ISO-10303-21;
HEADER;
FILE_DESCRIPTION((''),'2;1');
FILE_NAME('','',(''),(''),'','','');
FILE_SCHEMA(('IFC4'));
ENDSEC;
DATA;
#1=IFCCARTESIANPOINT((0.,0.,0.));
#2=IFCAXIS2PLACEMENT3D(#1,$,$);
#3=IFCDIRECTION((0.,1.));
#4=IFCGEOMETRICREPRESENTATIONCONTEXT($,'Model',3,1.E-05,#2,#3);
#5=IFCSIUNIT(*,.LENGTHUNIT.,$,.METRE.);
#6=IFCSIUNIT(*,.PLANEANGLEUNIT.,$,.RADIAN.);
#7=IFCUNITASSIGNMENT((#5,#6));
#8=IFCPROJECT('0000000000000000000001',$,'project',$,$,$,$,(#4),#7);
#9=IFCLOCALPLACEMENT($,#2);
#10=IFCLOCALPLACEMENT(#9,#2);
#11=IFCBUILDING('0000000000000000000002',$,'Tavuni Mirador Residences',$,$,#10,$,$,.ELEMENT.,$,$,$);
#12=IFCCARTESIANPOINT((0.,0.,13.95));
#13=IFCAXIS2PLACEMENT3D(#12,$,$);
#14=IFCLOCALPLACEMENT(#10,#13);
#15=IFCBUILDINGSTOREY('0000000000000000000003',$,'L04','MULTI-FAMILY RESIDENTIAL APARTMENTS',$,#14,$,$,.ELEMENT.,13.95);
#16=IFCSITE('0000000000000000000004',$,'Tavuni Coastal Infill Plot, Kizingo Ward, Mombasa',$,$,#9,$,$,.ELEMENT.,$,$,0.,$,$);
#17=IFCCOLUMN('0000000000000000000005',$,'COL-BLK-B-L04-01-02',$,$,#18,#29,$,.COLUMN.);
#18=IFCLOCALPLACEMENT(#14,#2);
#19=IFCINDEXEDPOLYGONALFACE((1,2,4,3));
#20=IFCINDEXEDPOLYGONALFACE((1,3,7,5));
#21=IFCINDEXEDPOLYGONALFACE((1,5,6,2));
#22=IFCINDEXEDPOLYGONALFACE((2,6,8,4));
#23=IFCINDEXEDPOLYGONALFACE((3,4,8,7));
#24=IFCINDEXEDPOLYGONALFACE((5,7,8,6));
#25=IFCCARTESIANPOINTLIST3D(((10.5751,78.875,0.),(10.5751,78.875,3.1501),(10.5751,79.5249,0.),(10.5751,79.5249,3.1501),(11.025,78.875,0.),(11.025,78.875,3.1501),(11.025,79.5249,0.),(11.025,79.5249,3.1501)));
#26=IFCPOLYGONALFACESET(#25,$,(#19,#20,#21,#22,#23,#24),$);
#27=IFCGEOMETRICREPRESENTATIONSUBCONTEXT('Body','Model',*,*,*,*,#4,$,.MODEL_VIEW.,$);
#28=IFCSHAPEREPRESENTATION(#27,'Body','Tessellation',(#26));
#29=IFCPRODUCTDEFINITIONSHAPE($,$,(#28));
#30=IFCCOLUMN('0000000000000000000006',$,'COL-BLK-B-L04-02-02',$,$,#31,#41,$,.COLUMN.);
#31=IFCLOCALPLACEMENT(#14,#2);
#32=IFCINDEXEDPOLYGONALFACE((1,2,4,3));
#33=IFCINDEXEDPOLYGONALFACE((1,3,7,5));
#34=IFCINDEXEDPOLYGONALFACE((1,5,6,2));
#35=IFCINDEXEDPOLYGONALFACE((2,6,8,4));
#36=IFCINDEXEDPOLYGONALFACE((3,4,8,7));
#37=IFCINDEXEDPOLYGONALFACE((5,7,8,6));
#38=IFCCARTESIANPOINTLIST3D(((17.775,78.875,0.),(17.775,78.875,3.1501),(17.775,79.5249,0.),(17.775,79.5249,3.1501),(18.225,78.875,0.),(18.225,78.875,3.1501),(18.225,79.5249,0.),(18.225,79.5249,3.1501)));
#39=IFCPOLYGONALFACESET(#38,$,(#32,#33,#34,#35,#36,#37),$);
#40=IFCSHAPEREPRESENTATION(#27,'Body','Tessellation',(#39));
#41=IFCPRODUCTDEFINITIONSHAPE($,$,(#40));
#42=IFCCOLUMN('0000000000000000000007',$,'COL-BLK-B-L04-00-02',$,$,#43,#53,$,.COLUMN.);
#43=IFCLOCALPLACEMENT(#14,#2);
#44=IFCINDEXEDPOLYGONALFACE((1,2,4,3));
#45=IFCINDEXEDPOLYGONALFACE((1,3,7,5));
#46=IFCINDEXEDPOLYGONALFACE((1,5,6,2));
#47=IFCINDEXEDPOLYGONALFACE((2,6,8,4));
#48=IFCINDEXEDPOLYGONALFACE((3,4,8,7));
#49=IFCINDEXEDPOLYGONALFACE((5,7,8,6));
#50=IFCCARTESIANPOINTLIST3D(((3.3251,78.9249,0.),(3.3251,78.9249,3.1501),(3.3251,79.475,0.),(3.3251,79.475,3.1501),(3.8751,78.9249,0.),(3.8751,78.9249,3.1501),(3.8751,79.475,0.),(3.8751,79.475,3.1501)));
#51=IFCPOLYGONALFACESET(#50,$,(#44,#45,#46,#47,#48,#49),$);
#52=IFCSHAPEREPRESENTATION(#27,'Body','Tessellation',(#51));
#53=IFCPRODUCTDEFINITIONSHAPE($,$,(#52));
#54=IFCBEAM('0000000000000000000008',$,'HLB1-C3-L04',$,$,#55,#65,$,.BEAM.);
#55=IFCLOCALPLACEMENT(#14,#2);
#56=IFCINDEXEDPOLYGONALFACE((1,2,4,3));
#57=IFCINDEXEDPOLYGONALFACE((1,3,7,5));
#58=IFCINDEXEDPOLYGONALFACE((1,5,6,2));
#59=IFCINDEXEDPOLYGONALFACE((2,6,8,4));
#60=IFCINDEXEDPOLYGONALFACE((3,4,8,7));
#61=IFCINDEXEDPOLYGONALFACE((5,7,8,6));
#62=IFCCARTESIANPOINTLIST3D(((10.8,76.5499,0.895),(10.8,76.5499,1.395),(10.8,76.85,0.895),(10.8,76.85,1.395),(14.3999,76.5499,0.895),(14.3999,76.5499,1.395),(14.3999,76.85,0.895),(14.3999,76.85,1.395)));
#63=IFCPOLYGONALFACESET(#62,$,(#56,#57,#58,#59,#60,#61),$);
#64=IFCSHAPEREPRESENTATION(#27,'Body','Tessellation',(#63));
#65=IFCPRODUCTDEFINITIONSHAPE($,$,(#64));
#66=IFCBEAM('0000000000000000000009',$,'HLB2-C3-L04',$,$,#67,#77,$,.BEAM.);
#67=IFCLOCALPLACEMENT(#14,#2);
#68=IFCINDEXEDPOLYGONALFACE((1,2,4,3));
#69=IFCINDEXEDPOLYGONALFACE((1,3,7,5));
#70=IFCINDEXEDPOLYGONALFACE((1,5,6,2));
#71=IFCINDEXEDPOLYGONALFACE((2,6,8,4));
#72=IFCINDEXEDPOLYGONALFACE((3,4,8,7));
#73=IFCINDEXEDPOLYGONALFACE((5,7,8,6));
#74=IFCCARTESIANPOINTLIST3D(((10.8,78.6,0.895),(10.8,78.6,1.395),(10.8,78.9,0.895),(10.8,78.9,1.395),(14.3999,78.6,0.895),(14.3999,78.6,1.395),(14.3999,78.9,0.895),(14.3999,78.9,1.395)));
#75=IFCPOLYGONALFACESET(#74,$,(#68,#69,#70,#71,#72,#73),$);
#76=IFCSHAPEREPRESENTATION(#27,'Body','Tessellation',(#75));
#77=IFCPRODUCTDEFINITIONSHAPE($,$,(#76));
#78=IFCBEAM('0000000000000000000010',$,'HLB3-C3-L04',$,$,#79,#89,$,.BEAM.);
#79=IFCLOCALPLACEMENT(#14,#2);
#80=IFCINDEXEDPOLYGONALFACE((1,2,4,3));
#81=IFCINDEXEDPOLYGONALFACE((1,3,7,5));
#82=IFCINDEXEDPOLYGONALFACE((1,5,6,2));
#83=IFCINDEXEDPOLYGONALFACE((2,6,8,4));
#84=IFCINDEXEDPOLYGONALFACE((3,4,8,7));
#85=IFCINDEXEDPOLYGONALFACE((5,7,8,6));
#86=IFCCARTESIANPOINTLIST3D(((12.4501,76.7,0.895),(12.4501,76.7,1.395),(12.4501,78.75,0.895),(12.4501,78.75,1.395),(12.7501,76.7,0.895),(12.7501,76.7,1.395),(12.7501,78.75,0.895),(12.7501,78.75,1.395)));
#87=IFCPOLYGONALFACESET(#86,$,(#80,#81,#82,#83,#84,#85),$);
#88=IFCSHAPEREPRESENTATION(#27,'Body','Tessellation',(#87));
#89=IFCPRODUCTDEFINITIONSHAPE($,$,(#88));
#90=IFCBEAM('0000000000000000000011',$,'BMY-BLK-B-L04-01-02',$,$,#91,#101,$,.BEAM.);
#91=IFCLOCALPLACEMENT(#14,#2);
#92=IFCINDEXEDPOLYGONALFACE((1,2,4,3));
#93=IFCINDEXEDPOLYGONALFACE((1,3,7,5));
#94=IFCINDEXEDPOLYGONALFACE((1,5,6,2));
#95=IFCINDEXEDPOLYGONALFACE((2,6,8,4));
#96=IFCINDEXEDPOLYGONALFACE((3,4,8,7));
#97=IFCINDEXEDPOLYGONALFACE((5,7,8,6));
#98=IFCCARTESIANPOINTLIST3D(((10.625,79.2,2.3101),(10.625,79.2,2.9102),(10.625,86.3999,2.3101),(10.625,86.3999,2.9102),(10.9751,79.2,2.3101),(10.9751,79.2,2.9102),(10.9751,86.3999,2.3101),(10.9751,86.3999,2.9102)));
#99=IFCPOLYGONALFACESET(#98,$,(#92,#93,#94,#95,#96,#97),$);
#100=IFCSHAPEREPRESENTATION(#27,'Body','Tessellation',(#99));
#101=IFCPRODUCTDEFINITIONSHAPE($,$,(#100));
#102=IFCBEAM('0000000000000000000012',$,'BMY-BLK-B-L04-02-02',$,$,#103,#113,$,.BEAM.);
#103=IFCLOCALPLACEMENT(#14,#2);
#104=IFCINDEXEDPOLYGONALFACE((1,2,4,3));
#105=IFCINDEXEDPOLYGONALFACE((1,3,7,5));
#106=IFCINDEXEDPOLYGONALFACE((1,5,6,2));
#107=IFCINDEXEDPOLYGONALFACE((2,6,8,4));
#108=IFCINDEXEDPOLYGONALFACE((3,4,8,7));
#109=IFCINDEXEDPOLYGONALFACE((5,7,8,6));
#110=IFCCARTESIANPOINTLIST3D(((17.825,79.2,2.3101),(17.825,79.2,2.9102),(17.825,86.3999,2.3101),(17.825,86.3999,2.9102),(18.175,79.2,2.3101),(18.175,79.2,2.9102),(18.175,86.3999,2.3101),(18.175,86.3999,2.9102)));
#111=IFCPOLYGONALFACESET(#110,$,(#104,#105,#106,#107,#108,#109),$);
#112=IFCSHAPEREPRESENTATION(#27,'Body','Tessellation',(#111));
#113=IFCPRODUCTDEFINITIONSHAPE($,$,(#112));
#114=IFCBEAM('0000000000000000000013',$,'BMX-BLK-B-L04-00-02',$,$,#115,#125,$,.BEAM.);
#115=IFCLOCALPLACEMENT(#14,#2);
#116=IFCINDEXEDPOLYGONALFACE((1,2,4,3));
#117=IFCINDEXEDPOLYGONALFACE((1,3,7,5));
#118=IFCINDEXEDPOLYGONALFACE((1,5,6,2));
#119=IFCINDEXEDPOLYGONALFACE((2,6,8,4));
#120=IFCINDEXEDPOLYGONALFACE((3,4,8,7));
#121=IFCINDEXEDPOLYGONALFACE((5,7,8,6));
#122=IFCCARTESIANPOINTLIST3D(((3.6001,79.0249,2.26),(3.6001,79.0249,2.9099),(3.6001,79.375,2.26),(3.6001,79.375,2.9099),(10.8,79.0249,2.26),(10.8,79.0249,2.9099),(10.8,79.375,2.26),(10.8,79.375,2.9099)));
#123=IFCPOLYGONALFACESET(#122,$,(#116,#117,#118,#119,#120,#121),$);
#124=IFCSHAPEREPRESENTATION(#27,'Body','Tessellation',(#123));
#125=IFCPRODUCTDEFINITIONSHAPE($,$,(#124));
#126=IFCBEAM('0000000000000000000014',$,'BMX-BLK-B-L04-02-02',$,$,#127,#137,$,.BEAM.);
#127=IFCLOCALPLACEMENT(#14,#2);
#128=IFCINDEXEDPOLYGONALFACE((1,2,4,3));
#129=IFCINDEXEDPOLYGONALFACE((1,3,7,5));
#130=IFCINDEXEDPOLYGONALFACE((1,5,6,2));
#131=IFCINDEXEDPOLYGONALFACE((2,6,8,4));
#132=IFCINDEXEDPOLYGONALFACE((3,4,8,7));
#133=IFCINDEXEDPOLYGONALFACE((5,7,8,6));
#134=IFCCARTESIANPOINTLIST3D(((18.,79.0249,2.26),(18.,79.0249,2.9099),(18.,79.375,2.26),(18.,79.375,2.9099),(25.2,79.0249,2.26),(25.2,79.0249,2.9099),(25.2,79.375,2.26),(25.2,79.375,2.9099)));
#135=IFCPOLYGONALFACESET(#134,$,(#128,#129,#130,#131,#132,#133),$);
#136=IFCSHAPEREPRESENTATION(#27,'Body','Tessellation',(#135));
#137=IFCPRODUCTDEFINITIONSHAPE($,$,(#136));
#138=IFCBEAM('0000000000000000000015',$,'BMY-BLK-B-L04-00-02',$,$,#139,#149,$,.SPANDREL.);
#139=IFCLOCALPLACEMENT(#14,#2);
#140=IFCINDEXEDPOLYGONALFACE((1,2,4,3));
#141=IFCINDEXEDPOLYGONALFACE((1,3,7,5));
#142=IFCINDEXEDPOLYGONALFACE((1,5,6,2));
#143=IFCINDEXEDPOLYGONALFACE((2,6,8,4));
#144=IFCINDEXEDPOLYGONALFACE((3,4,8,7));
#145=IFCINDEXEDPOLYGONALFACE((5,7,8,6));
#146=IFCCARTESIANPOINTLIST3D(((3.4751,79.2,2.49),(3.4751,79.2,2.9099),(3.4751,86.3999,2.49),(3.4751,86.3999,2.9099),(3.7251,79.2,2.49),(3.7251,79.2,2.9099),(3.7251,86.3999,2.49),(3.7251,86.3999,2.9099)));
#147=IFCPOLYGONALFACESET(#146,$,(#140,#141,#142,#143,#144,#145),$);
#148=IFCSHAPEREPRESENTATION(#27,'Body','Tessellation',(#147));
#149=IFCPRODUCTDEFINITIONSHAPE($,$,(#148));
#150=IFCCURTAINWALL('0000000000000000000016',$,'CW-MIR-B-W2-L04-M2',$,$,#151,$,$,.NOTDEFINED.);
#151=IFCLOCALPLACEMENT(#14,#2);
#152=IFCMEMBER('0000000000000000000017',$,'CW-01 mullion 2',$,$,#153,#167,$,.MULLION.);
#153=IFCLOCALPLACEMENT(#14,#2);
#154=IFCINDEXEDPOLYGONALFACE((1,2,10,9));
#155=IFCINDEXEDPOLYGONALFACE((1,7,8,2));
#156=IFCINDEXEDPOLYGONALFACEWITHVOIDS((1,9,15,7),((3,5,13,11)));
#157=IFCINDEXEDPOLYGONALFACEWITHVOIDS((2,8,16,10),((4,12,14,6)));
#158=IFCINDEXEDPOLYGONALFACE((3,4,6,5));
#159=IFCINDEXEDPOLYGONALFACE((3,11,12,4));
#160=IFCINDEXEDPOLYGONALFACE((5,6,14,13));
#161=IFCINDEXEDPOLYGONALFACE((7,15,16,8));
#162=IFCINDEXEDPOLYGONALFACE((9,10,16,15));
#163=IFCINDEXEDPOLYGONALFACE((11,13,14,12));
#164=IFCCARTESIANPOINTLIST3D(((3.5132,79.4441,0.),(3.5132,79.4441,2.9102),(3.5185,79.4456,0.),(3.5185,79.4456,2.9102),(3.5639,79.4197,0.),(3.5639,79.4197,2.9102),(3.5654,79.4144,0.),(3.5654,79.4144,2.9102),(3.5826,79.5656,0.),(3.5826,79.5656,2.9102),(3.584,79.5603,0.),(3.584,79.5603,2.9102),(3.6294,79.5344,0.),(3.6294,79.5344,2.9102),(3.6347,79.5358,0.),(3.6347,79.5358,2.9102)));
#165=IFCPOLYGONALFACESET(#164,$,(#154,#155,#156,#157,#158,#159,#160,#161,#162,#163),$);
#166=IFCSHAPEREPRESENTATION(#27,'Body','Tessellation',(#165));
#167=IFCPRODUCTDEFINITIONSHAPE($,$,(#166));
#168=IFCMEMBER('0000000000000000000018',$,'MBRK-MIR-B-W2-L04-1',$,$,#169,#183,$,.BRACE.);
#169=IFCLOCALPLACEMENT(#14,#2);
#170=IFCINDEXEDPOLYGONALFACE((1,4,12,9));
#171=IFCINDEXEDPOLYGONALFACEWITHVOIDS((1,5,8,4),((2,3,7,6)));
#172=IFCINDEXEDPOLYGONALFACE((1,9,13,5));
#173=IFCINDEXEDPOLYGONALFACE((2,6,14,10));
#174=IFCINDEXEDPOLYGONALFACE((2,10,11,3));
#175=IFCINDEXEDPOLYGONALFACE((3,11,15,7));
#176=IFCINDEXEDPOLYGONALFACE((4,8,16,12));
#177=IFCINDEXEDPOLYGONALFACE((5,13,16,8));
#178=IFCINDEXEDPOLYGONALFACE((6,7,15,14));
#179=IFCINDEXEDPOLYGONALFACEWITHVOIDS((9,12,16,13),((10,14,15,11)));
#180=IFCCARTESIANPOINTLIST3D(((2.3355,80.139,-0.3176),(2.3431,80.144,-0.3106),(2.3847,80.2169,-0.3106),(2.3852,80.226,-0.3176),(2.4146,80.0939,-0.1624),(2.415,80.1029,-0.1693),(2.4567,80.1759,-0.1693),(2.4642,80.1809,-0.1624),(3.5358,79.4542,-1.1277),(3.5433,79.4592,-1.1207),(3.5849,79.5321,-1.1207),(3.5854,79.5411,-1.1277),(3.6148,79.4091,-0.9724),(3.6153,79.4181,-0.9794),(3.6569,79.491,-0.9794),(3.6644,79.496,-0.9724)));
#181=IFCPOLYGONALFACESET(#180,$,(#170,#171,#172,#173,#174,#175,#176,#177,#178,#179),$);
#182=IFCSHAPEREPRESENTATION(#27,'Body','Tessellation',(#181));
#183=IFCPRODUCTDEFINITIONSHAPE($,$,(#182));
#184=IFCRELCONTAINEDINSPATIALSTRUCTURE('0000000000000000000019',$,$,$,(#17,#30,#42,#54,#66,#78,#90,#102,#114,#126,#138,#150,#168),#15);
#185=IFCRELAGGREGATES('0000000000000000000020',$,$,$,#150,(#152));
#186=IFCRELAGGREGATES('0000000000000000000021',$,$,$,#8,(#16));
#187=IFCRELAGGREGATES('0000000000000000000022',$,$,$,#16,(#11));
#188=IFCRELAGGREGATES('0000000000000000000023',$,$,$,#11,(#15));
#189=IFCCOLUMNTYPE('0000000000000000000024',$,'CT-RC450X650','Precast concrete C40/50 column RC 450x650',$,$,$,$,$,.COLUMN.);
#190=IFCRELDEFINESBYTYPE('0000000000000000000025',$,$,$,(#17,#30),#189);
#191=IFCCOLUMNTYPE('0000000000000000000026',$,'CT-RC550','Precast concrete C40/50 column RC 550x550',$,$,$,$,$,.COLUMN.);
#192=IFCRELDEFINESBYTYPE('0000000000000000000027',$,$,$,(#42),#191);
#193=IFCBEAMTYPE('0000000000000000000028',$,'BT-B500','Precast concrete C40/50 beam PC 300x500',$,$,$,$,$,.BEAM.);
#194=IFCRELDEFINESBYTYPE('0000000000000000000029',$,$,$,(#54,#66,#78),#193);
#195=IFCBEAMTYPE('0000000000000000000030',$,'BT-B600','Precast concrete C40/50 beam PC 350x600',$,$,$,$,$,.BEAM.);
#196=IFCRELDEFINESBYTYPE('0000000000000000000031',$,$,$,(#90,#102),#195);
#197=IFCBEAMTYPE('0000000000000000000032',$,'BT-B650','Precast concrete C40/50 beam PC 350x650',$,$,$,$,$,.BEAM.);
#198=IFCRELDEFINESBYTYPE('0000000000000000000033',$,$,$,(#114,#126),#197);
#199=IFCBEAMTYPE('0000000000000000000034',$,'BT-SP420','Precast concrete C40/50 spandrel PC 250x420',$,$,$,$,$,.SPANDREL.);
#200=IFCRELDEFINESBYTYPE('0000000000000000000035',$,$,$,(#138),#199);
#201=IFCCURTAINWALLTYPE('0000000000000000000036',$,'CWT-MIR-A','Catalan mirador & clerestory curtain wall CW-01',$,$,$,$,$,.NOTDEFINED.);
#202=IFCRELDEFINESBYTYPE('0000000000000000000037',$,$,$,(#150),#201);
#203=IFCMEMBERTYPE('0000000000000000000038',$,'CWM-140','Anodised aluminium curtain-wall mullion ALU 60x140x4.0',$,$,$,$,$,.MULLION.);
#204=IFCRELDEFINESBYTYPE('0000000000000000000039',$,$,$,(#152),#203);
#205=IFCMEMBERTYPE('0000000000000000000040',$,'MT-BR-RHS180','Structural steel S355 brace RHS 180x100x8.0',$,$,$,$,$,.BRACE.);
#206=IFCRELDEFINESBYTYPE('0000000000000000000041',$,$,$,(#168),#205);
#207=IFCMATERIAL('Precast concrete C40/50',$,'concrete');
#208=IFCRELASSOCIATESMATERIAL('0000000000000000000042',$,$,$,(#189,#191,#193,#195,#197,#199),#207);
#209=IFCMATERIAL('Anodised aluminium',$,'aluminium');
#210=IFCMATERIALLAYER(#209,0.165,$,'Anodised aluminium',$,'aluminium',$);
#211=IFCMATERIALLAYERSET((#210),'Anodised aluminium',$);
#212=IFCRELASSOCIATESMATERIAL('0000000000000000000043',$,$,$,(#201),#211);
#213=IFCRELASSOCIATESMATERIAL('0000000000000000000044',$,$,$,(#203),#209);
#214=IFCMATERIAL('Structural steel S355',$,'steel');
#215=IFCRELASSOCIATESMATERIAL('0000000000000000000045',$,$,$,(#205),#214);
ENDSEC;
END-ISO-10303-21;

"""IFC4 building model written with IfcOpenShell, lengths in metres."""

from ifc_helpers import new_model, si_unit, direction, frame, origin, origin_2d, place, context, subcontext, project, spatial, rectangle, hollow_rectangle, extrude, material, layer, layer_set, material_profile, profile_set, type_object, element, aggregate, save


model = new_model("IFC4")

# Units and contexts
model_context = context("Model", 3, precision=1e-05, world=origin(), true_north=direction((0.0, 1.0)))
body_context = subcontext(model_context, "Body", "Model", "MODEL_VIEW")
ifc_project = project(units=[si_unit("LENGTHUNIT", "METRE"), si_unit("PLANEANGLEUNIT", "RADIAN")], contexts=[model_context])

# Site, building, storey
site_placement = place(None, origin())
site = spatial("IfcSite", under=ifc_project, at=site_placement, Name="Tavuni Coastal Infill Plot, Kizingo Ward, Mombasa", CompositionType="ELEMENT", RefElevation=0.0)
building_placement = place(site_placement, origin())
building = spatial("IfcBuilding", under=site, at=building_placement, Name="Tavuni Mirador Residences", CompositionType="ELEMENT")
storey_placement = place(building_placement, frame((0.0, 0.0, 13.95)))
storey = spatial("IfcBuildingStorey", under=building, at=storey_placement, Name="L04", Description="MULTI-FAMILY RESIDENTIAL APARTMENTS", CompositionType="ELEMENT", Elevation=13.95)

# Columns
ifc_material_1 = material(Name="Precast concrete C40/50", Category="concrete")
ifc_material_profile_1 = material_profile(ifc_material_1, rectangle(XDim=0.45, YDim=0.6499, at=origin_2d()), Name="RC 450x650", Category="concrete")
ifc_profile_set_1 = profile_set([ifc_material_profile_1], Name="Precast concrete C40/50")
column_type_1 = type_object("IfcColumnType", Name="CT-RC450X650", Description="Precast concrete C40/50 column RC 450x650", PredefinedType="COLUMN", material=ifc_profile_set_1)
for number, where, z_axis, x_axis, name in (
    (1, (10.8, 79.2, 0.0), (0.0, 0.0, 1.0), (1.0, 0.0, 0.0), "COL-BLK-B-L04-01-02"),
    (2, (18.0, 79.2, 0.0), (0.0, 0.0, 1.0), (1.0, 0.0, 0.0), "COL-BLK-B-L04-02-02"),
):
    element("IfcColumn", number, at=place(storey_placement, frame(where, z_axis=z_axis, x_axis=x_axis)), inside=storey, type_object=column_type_1, Name=name, PredefinedType="COLUMN", context=body_context, shape_type="SweptSolid", body=[
        extrude(rectangle(XDim=0.45, YDim=0.6499, at=origin_2d()), origin(), (0.0, 0.0, 1.0), 3.1501),
    ])
ifc_material_profile_2 = material_profile(ifc_material_1, rectangle(XDim=0.55, YDim=0.55, at=origin_2d()), Name="RC 550x550", Category="concrete")
ifc_profile_set_2 = profile_set([ifc_material_profile_2], Name="Precast concrete C40/50")
column_type_2 = type_object("IfcColumnType", Name="CT-RC550", Description="Precast concrete C40/50 column RC 550x550", PredefinedType="COLUMN", material=ifc_profile_set_2)
column_placement = place(storey_placement, frame((3.6001, 79.2, 0.0), z_axis=(0.0, 0.0, 1.0), x_axis=(1.0, 0.0, 0.0)))
element("IfcColumn", 3, at=column_placement, inside=storey, type_object=column_type_2, Name="COL-BLK-B-L04-00-02", PredefinedType="COLUMN", context=body_context, shape_type="SweptSolid", body=[
    extrude(rectangle(XDim=0.55, YDim=0.55, at=origin_2d()), origin(), (0.0, 0.0, 1.0), 3.1501),
])

# Beams
ifc_material_profile_3 = material_profile(ifc_material_1, rectangle(XDim=0.3, YDim=0.5, at=origin_2d()), Name="PC 300x500", Category="concrete")
ifc_profile_set_3 = profile_set([ifc_material_profile_3], Name="Precast concrete C40/50")
beam_type_1 = type_object("IfcBeamType", Name="BT-B500", Description="Precast concrete C40/50 beam PC 300x500", PredefinedType="BEAM", material=ifc_profile_set_3)
for number, where, z_axis, x_axis, name in (
    (4, (10.8, 76.7, 1.145), (1.0, 0.0, 0.0), (0.0, 1.0, 0.0), "HLB1-C3-L04"),
    (5, (10.8, 78.75, 1.145), (1.0, 0.0, 0.0), (0.0, 1.0, 0.0), "HLB2-C3-L04"),
):
    element("IfcBeam", number, at=place(storey_placement, frame(where, z_axis=z_axis, x_axis=x_axis)), inside=storey, type_object=beam_type_1, Name=name, PredefinedType="BEAM", context=body_context, shape_type="SweptSolid", body=[
        extrude(rectangle(XDim=0.3, YDim=0.5, at=origin_2d()), origin(), (0.0, 0.0, 1.0), 3.5999),
    ])
beam_1_placement = place(storey_placement, frame((12.6001, 76.7, 1.145), z_axis=(0.0, 1.0, 0.0), x_axis=(-1.0, 0.0, 0.0)))
element("IfcBeam", 6, at=beam_1_placement, inside=storey, type_object=beam_type_1, Name="HLB3-C3-L04", PredefinedType="BEAM", context=body_context, shape_type="SweptSolid", body=[
    extrude(rectangle(XDim=0.3, YDim=0.5, at=origin_2d()), origin(), (0.0, 0.0, 1.0), 2.05),
])
ifc_material_profile_4 = material_profile(ifc_material_1, rectangle(XDim=0.3501, YDim=0.6001, at=origin_2d()), Name="PC 350x600", Category="concrete")
ifc_profile_set_4 = profile_set([ifc_material_profile_4], Name="Precast concrete C40/50")
beam_type_2 = type_object("IfcBeamType", Name="BT-B600", Description="Precast concrete C40/50 beam PC 350x600", PredefinedType="BEAM", material=ifc_profile_set_4)
for number, where, z_axis, x_axis, name in (
    (7, (10.8, 79.2, 2.6101), (0.0, 1.0, 0.0), (-1.0, 0.0, 0.0), "BMY-BLK-B-L04-01-02"),
    (8, (18.0, 79.2, 2.6101), (0.0, 1.0, 0.0), (-1.0, 0.0, 0.0), "BMY-BLK-B-L04-02-02"),
):
    element("IfcBeam", number, at=place(storey_placement, frame(where, z_axis=z_axis, x_axis=x_axis)), inside=storey, type_object=beam_type_2, Name=name, PredefinedType="BEAM", context=body_context, shape_type="SweptSolid", body=[
        extrude(rectangle(XDim=0.3501, YDim=0.6001, at=origin_2d()), origin(), (0.0, 0.0, 1.0), 7.2),
    ])
ifc_material_profile_5 = material_profile(ifc_material_1, rectangle(XDim=0.3501, YDim=0.6499, at=origin_2d()), Name="PC 350x650", Category="concrete")
ifc_profile_set_5 = profile_set([ifc_material_profile_5], Name="Precast concrete C40/50")
beam_type_3 = type_object("IfcBeamType", Name="BT-B650", Description="Precast concrete C40/50 beam PC 350x650", PredefinedType="BEAM", material=ifc_profile_set_5)
for number, where, z_axis, x_axis, name in (
    (9, (3.6001, 79.2, 2.585), (1.0, 0.0, 0.0), (0.0, 1.0, 0.0), "BMX-BLK-B-L04-00-02"),
    (10, (18.0, 79.2, 2.585), (1.0, 0.0, 0.0), (0.0, 1.0, 0.0), "BMX-BLK-B-L04-02-02"),
):
    element("IfcBeam", number, at=place(storey_placement, frame(where, z_axis=z_axis, x_axis=x_axis)), inside=storey, type_object=beam_type_3, Name=name, PredefinedType="BEAM", context=body_context, shape_type="SweptSolid", body=[
        extrude(rectangle(XDim=0.3501, YDim=0.6499, at=origin_2d()), origin(), (0.0, 0.0, 1.0), 7.2),
    ])
ifc_material_profile_6 = material_profile(ifc_material_1, rectangle(XDim=0.25, YDim=0.4199, at=origin_2d()), Name="PC 250x420", Category="concrete")
ifc_profile_set_6 = profile_set([ifc_material_profile_6], Name="Precast concrete C40/50")
beam_type_4 = type_object("IfcBeamType", Name="BT-SP420", Description="Precast concrete C40/50 spandrel PC 250x420", PredefinedType="SPANDREL", material=ifc_profile_set_6)
beam_2_placement = place(storey_placement, frame((3.6001, 79.2, 2.7), z_axis=(0.0, 1.0, 0.0), x_axis=(-1.0, 0.0, 0.0)))
element("IfcBeam", 11, at=beam_2_placement, inside=storey, type_object=beam_type_4, Name="BMY-BLK-B-L04-00-02", PredefinedType="SPANDREL", context=body_context, shape_type="SweptSolid", body=[
    extrude(rectangle(XDim=0.25, YDim=0.4199, at=origin_2d()), origin(), (0.0, 0.0, 1.0), 7.2),
])

# Curtain wall, member
ifc_material_2 = material(Name="Anodised aluminium", Category="aluminium")
ifc_layer_1 = layer(ifc_material_2, 0.165, Name="Anodised aluminium", Category="aluminium")
ifc_layer_set_1 = layer_set([ifc_layer_1], Name="Anodised aluminium")
curtain_wall_type = type_object("IfcCurtainWallType", Name="CWT-MIR-A", Description="Catalan mirador & clerestory curtain wall CW-01", PredefinedType="NOTDEFINED", material=ifc_layer_set_1)
curtain_wall_placement = place(storey_placement, origin())
curtain_wall = element("IfcCurtainWall", 12, at=curtain_wall_placement, inside=storey, type_object=curtain_wall_type, Name="CW-MIR-B-W2-L04-M2", PredefinedType="NOTDEFINED")
ifc_material_profile_7 = material_profile(ifc_material_2, hollow_rectangle(XDim=0.0601, YDim=0.1399, WallThickness=0.0039, at=origin_2d()), Name="ALU 60x140x4.0", Category="aluminium")
ifc_profile_set_7 = profile_set([ifc_material_profile_7], Name="Anodised aluminium")
member_type_1 = type_object("IfcMemberType", Name="CWM-140", Description="Anodised aluminium curtain-wall mullion ALU 60x140x4.0", PredefinedType="MULLION", material=ifc_profile_set_7)
member_1_placement = place(storey_placement, frame((3.574, 79.49, 0.0), z_axis=(0.0, 0.0, 1.0), x_axis=(0.868466, -0.495749, 0.0)))
member_1 = element("IfcMember", 13, at=member_1_placement, type_object=member_type_1, Name="CW-01 mullion 2", PredefinedType="MULLION", context=body_context, shape_type="SweptSolid", body=[
    extrude(hollow_rectangle(XDim=0.0601, YDim=0.1399, WallThickness=0.0039, at=origin_2d()), origin(), (0.0, 0.0, 1.0), 2.9102),
])
aggregate(curtain_wall, [member_1])

# Member
ifc_material_3 = material(Name="Structural steel S355", Category="steel")
ifc_material_profile_8 = material_profile(ifc_material_3, hollow_rectangle(XDim=0.1001, YDim=0.1799, WallThickness=0.0081, at=origin_2d()), Name="RHS 180x100x8.0", Category="steel")
ifc_profile_set_8 = profile_set([ifc_material_profile_8], Name="Structural steel S355")
member_type_2 = type_object("IfcMemberType", Name="MT-BR-RHS180", Description="Structural steel S355 brace RHS 180x100x8.0", PredefinedType="BRACE", material=ifc_profile_set_8)
member_2_placement = place(storey_placement, frame((3.6001, 79.4751, -1.05), z_axis=(-0.749298, 0.427539, 0.50573), x_axis=(-0.495587, -0.868558, 0.0)))
element("IfcMember", 14, at=member_2_placement, inside=storey, type_object=member_type_2, Name="MBRK-MIR-B-W2-L04-1", PredefinedType="BRACE", context=body_context, shape_type="SweptSolid", body=[
    extrude(hollow_rectangle(XDim=0.1001, YDim=0.1799, WallThickness=0.0081, at=origin_2d()), origin(), (0.0, 0.0, 1.0), 1.6018),
])

save(model, "model.ifc")
